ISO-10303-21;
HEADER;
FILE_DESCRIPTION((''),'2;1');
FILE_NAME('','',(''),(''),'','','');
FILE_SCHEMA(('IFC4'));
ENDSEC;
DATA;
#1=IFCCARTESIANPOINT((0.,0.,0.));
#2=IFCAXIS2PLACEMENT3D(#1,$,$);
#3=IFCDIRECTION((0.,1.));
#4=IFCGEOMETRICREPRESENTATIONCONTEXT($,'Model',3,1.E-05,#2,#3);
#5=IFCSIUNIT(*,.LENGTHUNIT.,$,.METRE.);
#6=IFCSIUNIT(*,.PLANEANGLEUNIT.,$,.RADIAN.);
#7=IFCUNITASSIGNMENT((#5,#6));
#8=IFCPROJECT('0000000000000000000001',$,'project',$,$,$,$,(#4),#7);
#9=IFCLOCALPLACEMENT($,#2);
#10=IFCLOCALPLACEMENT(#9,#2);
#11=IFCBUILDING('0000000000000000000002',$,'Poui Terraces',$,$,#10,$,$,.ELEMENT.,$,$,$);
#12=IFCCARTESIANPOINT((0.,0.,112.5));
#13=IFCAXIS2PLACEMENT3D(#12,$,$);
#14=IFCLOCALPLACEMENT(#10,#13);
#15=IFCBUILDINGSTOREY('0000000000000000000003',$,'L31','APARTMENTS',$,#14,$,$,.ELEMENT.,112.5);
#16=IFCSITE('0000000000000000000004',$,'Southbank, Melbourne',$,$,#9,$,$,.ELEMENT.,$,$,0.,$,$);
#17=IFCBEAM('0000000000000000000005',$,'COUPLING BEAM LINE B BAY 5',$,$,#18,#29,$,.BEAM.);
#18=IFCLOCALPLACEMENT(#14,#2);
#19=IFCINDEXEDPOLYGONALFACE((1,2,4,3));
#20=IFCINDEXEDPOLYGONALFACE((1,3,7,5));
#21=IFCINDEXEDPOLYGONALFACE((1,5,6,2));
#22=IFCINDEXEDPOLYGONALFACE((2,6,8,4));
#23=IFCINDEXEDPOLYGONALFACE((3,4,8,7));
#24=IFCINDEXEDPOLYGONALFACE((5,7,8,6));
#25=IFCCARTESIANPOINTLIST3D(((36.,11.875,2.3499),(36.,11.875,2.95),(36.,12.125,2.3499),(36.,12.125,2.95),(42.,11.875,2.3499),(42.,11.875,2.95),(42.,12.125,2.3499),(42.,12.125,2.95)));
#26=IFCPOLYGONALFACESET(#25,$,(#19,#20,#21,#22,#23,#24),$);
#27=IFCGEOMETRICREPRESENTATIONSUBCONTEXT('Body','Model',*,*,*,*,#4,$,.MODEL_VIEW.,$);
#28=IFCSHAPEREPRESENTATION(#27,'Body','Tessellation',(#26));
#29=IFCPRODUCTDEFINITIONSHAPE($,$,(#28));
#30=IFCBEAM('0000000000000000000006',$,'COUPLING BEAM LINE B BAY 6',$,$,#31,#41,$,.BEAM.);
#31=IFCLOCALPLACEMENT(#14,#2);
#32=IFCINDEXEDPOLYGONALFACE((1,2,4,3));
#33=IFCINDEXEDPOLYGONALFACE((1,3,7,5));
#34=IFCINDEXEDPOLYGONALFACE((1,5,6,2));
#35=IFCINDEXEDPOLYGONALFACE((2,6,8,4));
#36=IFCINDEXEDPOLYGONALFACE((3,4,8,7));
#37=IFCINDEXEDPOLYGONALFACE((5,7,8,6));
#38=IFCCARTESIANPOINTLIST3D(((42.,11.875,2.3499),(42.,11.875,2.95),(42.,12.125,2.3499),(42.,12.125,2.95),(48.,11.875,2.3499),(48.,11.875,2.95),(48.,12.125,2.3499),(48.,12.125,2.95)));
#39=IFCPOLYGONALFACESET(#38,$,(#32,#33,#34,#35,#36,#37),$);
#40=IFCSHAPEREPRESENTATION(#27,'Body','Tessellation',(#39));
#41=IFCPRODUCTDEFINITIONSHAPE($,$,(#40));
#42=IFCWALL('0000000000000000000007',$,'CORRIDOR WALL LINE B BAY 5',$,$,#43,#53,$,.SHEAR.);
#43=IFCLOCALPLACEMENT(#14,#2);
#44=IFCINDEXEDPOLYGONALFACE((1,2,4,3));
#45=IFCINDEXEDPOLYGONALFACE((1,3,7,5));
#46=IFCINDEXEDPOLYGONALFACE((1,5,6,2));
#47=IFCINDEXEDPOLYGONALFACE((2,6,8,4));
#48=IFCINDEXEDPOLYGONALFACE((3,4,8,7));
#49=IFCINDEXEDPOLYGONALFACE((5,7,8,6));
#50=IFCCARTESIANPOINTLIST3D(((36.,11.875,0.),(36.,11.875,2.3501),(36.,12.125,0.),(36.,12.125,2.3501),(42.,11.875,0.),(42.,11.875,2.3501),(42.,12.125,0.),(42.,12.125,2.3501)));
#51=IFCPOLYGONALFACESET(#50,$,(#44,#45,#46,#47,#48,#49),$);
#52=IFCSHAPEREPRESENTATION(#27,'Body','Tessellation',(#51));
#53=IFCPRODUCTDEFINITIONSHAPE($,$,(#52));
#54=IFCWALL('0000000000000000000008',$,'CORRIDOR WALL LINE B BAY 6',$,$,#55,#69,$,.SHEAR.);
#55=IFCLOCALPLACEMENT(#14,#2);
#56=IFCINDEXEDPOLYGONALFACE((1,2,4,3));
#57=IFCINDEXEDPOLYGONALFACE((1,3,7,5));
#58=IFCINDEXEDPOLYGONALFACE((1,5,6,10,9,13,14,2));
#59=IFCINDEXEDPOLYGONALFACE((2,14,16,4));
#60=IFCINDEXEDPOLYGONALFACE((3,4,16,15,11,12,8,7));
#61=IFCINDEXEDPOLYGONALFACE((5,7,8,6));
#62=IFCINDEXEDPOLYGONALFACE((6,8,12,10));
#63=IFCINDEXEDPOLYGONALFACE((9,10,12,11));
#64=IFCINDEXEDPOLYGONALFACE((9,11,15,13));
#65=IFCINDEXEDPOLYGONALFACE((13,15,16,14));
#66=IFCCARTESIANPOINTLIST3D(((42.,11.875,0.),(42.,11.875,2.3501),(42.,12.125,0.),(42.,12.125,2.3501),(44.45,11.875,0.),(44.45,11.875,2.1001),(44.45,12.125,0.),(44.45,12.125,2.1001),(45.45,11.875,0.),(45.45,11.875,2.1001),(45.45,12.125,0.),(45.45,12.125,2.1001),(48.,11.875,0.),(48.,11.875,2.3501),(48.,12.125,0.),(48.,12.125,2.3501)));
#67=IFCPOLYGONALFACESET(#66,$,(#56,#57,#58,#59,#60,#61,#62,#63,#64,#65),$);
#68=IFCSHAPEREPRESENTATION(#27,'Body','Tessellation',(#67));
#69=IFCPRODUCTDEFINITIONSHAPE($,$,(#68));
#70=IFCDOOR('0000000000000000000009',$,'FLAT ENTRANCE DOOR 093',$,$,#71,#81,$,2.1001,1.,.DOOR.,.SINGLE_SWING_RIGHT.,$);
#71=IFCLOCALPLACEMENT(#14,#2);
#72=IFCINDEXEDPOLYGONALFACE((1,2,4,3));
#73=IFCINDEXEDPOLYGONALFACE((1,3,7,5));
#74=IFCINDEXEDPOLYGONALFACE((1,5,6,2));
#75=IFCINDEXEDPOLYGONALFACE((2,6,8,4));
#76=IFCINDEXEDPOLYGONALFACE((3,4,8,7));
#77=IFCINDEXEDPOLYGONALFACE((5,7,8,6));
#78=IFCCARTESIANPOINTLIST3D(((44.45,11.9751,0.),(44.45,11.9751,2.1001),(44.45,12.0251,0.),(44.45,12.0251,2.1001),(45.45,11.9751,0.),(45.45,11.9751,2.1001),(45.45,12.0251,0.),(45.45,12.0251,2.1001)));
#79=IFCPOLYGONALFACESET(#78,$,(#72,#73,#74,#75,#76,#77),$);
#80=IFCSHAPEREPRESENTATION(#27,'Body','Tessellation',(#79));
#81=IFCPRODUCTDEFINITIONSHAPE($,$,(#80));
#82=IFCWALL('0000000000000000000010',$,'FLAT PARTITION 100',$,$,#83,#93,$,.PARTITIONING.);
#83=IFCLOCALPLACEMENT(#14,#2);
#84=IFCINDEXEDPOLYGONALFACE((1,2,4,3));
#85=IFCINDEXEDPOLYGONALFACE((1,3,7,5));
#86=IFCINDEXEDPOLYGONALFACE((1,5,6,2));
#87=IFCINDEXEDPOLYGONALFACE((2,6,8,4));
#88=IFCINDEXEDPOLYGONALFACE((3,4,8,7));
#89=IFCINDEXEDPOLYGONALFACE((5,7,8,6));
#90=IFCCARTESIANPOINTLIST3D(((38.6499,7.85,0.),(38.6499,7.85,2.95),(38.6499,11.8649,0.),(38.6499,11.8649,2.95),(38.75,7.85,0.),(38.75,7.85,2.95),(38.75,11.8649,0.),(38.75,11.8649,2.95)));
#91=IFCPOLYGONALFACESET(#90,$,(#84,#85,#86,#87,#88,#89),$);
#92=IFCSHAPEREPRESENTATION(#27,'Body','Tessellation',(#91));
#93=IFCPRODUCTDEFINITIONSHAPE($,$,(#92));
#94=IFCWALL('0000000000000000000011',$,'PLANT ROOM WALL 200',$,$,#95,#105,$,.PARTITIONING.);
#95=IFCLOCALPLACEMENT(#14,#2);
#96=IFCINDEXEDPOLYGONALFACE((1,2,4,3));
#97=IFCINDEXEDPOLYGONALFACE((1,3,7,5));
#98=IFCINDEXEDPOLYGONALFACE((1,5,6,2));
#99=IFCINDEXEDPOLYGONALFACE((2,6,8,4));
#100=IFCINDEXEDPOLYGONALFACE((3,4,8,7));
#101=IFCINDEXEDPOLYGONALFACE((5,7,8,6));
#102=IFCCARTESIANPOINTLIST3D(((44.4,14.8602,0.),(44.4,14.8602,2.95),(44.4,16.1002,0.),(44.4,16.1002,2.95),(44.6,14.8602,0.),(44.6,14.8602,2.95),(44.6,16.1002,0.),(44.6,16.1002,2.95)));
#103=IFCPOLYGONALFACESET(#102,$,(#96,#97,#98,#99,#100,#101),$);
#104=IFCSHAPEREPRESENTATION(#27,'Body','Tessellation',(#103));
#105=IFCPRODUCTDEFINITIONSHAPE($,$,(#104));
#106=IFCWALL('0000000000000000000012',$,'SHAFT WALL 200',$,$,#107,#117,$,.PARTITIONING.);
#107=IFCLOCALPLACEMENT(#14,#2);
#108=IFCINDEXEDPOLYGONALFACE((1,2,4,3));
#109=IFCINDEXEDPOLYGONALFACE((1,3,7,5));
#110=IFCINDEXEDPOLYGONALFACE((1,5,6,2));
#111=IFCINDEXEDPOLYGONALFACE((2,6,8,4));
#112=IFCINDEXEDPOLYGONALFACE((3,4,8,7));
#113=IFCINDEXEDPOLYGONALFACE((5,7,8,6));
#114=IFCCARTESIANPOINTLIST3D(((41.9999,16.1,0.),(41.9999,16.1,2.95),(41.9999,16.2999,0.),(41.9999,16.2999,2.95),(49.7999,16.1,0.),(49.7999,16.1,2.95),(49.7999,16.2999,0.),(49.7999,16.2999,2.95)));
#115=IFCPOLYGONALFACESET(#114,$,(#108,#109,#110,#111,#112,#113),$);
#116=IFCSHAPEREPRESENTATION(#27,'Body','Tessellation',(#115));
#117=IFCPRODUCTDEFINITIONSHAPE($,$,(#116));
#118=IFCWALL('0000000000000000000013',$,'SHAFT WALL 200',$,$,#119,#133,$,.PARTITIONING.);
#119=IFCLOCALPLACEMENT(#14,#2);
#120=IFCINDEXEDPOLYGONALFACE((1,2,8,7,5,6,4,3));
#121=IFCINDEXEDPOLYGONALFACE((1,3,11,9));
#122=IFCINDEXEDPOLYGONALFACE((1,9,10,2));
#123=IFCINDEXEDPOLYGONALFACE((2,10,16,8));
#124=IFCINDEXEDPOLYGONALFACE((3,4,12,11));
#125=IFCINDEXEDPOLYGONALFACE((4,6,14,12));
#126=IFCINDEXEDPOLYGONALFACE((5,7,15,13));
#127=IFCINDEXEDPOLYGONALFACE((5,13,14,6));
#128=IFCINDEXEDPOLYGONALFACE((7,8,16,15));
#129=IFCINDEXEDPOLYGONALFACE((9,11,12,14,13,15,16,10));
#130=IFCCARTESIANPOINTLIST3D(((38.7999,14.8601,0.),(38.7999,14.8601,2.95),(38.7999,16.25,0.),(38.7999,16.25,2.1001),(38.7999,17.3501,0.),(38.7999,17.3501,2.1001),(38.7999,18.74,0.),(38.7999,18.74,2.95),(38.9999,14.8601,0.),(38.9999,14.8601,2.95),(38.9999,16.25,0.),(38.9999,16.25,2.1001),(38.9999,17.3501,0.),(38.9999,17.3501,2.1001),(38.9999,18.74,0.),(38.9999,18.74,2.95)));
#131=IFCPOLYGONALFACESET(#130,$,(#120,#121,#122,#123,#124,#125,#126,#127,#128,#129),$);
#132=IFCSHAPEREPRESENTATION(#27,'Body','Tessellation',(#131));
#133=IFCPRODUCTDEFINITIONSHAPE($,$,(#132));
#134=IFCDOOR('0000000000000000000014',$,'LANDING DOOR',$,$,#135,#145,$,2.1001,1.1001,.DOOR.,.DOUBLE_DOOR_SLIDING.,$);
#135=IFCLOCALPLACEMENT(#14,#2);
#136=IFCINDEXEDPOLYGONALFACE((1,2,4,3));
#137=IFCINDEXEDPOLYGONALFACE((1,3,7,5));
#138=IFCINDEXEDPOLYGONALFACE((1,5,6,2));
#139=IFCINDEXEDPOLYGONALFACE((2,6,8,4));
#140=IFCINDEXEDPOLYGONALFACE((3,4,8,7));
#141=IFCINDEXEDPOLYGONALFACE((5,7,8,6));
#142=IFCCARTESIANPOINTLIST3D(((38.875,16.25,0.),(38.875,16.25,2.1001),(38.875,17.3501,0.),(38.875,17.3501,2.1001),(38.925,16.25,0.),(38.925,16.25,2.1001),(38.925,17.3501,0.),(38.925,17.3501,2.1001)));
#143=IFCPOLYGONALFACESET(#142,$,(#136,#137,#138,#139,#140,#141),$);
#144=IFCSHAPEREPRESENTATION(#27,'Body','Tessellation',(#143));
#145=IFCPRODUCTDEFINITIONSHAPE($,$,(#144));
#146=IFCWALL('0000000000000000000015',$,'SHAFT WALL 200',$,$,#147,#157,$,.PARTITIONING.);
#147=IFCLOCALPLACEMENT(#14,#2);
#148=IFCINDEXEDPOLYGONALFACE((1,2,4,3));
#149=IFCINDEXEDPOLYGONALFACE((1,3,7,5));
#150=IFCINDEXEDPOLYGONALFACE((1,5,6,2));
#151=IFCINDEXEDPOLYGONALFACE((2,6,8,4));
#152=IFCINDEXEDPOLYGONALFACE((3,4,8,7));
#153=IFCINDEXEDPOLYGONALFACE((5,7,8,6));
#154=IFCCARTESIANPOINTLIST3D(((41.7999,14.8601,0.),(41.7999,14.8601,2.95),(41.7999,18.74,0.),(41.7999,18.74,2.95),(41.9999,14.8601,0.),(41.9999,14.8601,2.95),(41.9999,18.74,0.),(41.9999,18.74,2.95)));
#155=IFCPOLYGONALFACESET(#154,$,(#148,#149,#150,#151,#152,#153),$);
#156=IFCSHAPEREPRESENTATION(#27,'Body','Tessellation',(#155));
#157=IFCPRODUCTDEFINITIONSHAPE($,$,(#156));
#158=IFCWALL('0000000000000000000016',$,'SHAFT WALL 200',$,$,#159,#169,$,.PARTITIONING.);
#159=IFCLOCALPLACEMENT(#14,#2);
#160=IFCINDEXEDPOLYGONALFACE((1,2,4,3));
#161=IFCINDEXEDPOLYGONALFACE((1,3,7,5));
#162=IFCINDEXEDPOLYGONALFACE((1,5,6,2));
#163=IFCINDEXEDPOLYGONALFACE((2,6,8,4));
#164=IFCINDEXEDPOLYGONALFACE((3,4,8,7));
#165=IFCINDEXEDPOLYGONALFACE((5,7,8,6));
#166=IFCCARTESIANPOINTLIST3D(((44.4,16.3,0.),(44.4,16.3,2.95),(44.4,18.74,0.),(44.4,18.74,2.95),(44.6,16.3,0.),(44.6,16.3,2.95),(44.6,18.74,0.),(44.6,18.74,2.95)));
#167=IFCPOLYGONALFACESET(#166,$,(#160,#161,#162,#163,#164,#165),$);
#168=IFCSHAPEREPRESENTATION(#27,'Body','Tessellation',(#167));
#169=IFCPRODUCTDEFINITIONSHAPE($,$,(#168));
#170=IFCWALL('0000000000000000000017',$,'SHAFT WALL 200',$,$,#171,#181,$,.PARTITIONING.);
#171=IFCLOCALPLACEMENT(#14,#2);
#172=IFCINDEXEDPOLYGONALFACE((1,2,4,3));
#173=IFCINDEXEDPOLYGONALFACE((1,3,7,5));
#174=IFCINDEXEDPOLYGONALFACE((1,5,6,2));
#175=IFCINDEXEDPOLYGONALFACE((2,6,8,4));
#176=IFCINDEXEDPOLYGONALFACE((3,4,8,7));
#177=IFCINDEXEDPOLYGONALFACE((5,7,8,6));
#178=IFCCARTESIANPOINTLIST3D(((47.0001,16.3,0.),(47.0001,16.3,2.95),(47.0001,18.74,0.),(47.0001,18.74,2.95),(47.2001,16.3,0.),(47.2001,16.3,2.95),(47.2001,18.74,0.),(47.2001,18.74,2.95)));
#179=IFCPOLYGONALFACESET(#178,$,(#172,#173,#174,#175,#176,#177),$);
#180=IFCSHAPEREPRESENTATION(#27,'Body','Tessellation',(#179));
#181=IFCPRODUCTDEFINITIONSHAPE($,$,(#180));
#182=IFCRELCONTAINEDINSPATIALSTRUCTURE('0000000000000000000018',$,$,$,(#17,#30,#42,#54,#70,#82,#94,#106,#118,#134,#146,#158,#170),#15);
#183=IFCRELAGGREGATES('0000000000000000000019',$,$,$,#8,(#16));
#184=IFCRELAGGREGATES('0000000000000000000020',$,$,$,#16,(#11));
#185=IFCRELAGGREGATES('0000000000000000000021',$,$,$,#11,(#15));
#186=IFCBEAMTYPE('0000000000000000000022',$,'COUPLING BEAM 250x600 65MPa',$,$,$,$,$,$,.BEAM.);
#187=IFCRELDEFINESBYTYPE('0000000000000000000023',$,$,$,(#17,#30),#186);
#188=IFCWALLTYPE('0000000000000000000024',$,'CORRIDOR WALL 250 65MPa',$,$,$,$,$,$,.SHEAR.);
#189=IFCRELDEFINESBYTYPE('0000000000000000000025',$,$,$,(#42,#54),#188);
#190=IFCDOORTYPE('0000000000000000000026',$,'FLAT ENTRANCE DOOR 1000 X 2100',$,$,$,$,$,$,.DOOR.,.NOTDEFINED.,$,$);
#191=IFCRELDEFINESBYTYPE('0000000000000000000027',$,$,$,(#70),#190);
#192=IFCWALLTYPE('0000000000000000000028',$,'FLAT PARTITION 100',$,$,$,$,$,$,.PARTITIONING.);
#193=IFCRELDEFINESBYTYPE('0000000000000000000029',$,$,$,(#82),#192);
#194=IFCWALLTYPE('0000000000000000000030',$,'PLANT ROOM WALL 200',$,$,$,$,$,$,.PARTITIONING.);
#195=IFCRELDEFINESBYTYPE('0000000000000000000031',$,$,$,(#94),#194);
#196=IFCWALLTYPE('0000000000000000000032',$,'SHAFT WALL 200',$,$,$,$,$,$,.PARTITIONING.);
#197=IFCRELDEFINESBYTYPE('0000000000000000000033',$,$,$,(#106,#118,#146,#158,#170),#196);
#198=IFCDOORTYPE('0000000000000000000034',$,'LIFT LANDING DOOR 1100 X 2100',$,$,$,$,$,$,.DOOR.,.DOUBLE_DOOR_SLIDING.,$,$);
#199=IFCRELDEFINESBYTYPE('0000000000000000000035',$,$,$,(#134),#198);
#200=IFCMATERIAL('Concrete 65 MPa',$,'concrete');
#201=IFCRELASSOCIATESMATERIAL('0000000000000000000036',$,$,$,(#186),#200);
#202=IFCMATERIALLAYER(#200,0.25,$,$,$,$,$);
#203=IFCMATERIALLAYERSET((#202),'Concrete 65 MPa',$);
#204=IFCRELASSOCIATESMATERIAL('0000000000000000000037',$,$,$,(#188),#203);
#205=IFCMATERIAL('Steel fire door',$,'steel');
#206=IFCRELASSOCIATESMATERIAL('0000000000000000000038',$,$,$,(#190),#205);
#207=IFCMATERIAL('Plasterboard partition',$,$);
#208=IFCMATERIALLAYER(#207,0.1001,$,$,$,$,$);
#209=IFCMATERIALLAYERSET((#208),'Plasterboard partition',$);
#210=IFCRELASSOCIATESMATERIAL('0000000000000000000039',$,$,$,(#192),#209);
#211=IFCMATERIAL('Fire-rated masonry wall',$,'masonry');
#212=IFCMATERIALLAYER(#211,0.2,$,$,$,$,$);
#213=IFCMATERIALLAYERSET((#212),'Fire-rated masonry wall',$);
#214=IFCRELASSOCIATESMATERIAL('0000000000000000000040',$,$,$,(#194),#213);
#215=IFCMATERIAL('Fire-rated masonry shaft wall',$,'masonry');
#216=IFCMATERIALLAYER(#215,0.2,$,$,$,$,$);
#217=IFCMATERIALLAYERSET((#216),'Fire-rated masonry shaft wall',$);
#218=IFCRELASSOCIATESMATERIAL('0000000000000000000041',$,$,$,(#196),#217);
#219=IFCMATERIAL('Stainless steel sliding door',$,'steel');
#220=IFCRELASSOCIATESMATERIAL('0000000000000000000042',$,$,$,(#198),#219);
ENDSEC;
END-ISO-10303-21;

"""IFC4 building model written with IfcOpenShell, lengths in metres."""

from ifc_helpers import new_model, si_unit, direction, frame, frame_2d, origin, origin_2d, place, context, subcontext, project, spatial, rectangle, extrude, source, transform, mapped, material, layer, layer_set, material_profile, profile_set, type_object, element, fill, save


model = new_model("IFC4")

# Units and contexts
model_context = context("Model", 3, precision=1e-05, world=origin(), true_north=direction((0.0, 1.0)))
body_context = subcontext(model_context, "Body", "Model", "MODEL_VIEW")
ifc_project = project(units=[si_unit("LENGTHUNIT", "METRE"), si_unit("PLANEANGLEUNIT", "RADIAN")], contexts=[model_context])

# Site, building, storey
site_placement = place(None, origin())
site = spatial("IfcSite", under=ifc_project, at=site_placement, Name="Southbank, Melbourne", CompositionType="ELEMENT", RefElevation=0.0)
building_placement = place(site_placement, origin())
building = spatial("IfcBuilding", under=site, at=building_placement, Name="Poui Terraces", CompositionType="ELEMENT")
storey_placement = place(building_placement, frame((0.0, 0.0, 112.5)))
storey = spatial("IfcBuildingStorey", under=building, at=storey_placement, Name="L31", Description="APARTMENTS", CompositionType="ELEMENT", Elevation=112.5)

# Beams
ifc_material_1 = material(Name="Concrete 65 MPa", Category="concrete")
ifc_material_profile = material_profile(ifc_material_1, rectangle(XDim=0.25, YDim=0.6001, at=origin_2d()), Name="RC 250x600")
ifc_profile_set = profile_set([ifc_material_profile], Name="Concrete 65 MPa")
beam_type = type_object("IfcBeamType", Name="COUPLING BEAM 250x600 65MPa", PredefinedType="BEAM", material=ifc_profile_set)
shared_shape = source(origin(), body_context, "Body", "SweptSolid", [
    extrude(rectangle(XDim=0.25, YDim=0.6001, at=origin_2d()), origin(), (0.0, 0.0, 1.0), 6.0),
])
for number, where, z_axis, x_axis, name in (
    (1, (36.0, 12.0, 2.6499), (1.0, 0.0, 0.0), (0.0, 1.0, 0.0), "COUPLING BEAM LINE B BAY 5"),
    (2, (42.0, 12.0, 2.6499), (1.0, 0.0, 0.0), (0.0, 1.0, 0.0), "COUPLING BEAM LINE B BAY 6"),
):
    element("IfcBeam", number, at=place(storey_placement, frame(where, z_axis=z_axis, x_axis=x_axis)), inside=storey, type_object=beam_type, Name=name, PredefinedType="BEAM", context=body_context, shape_type="MappedRepresentation", body=[
        mapped(shared_shape, transform((0.0, 0.0, 0.0))),
    ])

# Wall
ifc_layer_1 = layer(ifc_material_1, 0.25)
ifc_layer_set_1 = layer_set([ifc_layer_1], Name="Concrete 65 MPa")
wall_type_1 = type_object("IfcWallType", Name="CORRIDOR WALL 250 65MPa", PredefinedType="SHEAR", material=ifc_layer_set_1)
wall_1_placement = place(storey_placement, frame((36.0, 12.0, 0.0), z_axis=(0.0, 0.0, 1.0), x_axis=(1.0, 0.0, 0.0)))
element("IfcWall", 3, at=wall_1_placement, inside=storey, type_object=wall_type_1, Name="CORRIDOR WALL LINE B BAY 5", PredefinedType="SHEAR", context=body_context, shape_type="SweptSolid", body=[
    extrude(rectangle(XDim=6.0, YDim=0.25, at=frame_2d((3.0, 0.0))), origin(), (0.0, 0.0, 1.0), 2.3501),
])

# Wall, opening, door
wall_2_placement = place(storey_placement, frame((42.0, 12.0, 0.0), z_axis=(0.0, 0.0, 1.0), x_axis=(1.0, 0.0, 0.0)))
wall_2 = element("IfcWall", 4, at=wall_2_placement, inside=storey, type_object=wall_type_1, Name="CORRIDOR WALL LINE B BAY 6", PredefinedType="SHEAR", context=body_context, shape_type="SweptSolid", body=[
    extrude(rectangle(XDim=6.0, YDim=0.25, at=frame_2d((3.0, 0.0))), origin(), (0.0, 0.0, 1.0), 2.3501),
])
opening_1_placement = place(wall_2_placement, frame((2.45, 0.0, 0.0)))
opening_1 = element("IfcOpeningElement", 5, at=opening_1_placement, cuts=wall_2, PredefinedType="OPENING", context=body_context, shape_type="SweptSolid", body=[
    extrude(rectangle(XDim=1.0, YDim=2.1001, at=frame_2d((0.5, 1.05))), frame((0.0, 0.135, 0.0), z_axis=(0.0, -1.0, 0.0), x_axis=(1.0, 0.0, 0.0)), (0.0, 0.0, 1.0), 0.27),
])
ifc_material_2 = material(Name="Steel fire door", Category="steel")
door_type_1 = type_object("IfcDoorType", Name="FLAT ENTRANCE DOOR 1000 X 2100", OperationType="NOTDEFINED", PredefinedType="DOOR", material=ifc_material_2)
door_1_placement = place(opening_1_placement, frame((1.0, 0.0, 0.0), z_axis=(0.0, 0.0, 1.0), x_axis=(-1.0, 0.0, 0.0)))
door_1 = element("IfcDoor", 6, at=door_1_placement, inside=storey, type_object=door_type_1, Name="FLAT ENTRANCE DOOR 093", OperationType="SINGLE_SWING_RIGHT", OverallHeight=2.1001, OverallWidth=1.0, PredefinedType="DOOR", context=body_context, shape_type="SweptSolid", body=[
    extrude(rectangle(XDim=1.0, YDim=2.1001, at=frame_2d((0.5, 1.05))), frame((0.0, 0.0249, 0.0), z_axis=(0.0, -1.0, 0.0), x_axis=(1.0, 0.0, 0.0)), (0.0, 0.0, 1.0), 0.05),
])
fill(opening_1, door_1)

# Walls
ifc_material_3 = material(Name="Plasterboard partition")
ifc_layer_2 = layer(ifc_material_3, 0.1001)
ifc_layer_set_2 = layer_set([ifc_layer_2], Name="Plasterboard partition")
wall_type_2 = type_object("IfcWallType", Name="FLAT PARTITION 100", PredefinedType="PARTITIONING", material=ifc_layer_set_2)
wall_3_placement = place(storey_placement, frame((38.7, 7.8501, 0.0), z_axis=(0.0, 0.0, 1.0), x_axis=(0.0, 1.0, 0.0)))
element("IfcWall", 7, at=wall_3_placement, inside=storey, type_object=wall_type_2, Name="FLAT PARTITION 100", PredefinedType="PARTITIONING", context=body_context, shape_type="SweptSolid", body=[
    extrude(rectangle(XDim=4.0149, YDim=0.1001, at=frame_2d((2.0073, 0.0))), origin(), (0.0, 0.0, 1.0), 2.95),
])
ifc_material_4 = material(Name="Fire-rated masonry wall", Category="masonry")
ifc_layer_3 = layer(ifc_material_4, 0.2)
ifc_layer_set_3 = layer_set([ifc_layer_3], Name="Fire-rated masonry wall")
wall_type_3 = type_object("IfcWallType", Name="PLANT ROOM WALL 200", PredefinedType="PARTITIONING", material=ifc_layer_set_3)
wall_4_placement = place(storey_placement, frame((44.5, 14.8601, 0.0), z_axis=(0.0, 0.0, 1.0), x_axis=(0.0, 1.0, 0.0)))
element("IfcWall", 8, at=wall_4_placement, inside=storey, type_object=wall_type_3, Name="PLANT ROOM WALL 200", PredefinedType="PARTITIONING", context=body_context, shape_type="SweptSolid", body=[
    extrude(rectangle(XDim=1.24, YDim=0.2, at=frame_2d((0.6201, 0.0))), origin(), (0.0, 0.0, 1.0), 2.95),
])
ifc_material_5 = material(Name="Fire-rated masonry shaft wall", Category="masonry")
ifc_layer_4 = layer(ifc_material_5, 0.2)
ifc_layer_set_4 = layer_set([ifc_layer_4], Name="Fire-rated masonry shaft wall")
wall_type_4 = type_object("IfcWallType", Name="SHAFT WALL 200", PredefinedType="PARTITIONING", material=ifc_layer_set_4)
wall_5_placement = place(storey_placement, frame((42.0, 16.2, 0.0), z_axis=(0.0, 0.0, 1.0), x_axis=(1.0, 0.0, 0.0)))
element("IfcWall", 9, at=wall_5_placement, inside=storey, type_object=wall_type_4, Name="SHAFT WALL 200", PredefinedType="PARTITIONING", context=body_context, shape_type="SweptSolid", body=[
    extrude(rectangle(XDim=7.8, YDim=0.2, at=frame_2d((3.8999, 0.0))), origin(), (0.0, 0.0, 1.0), 2.95),
])

# Wall, opening, door
wall_6_placement = place(storey_placement, frame((38.8999, 14.8601, 0.0), z_axis=(0.0, 0.0, 1.0), x_axis=(0.0, 1.0, 0.0)))
wall_6 = element("IfcWall", 10, at=wall_6_placement, inside=storey, type_object=wall_type_4, Name="SHAFT WALL 200", PredefinedType="PARTITIONING", context=body_context, shape_type="SweptSolid", body=[
    extrude(rectangle(XDim=3.8799, YDim=0.2, at=frame_2d((1.9399, 0.0))), origin(), (0.0, 0.0, 1.0), 2.95),
])
opening_2_placement = place(wall_6_placement, frame((1.3899, 0.0, 0.0)))
opening_2 = element("IfcOpeningElement", 11, at=opening_2_placement, cuts=wall_6, PredefinedType="OPENING", context=body_context, shape_type="SweptSolid", body=[
    extrude(rectangle(XDim=1.1001, YDim=2.1001, at=frame_2d((0.55, 1.05))), frame((0.0, 0.1099, 0.0), z_axis=(0.0, -1.0, 0.0), x_axis=(1.0, 0.0, 0.0)), (0.0, 0.0, 1.0), 0.22),
])
ifc_material_6 = material(Name="Stainless steel sliding door", Category="steel")
door_type_2 = type_object("IfcDoorType", Name="LIFT LANDING DOOR 1100 X 2100", OperationType="DOUBLE_DOOR_SLIDING", PredefinedType="DOOR", material=ifc_material_6)
door_2_placement = place(opening_2_placement, origin())
door_2 = element("IfcDoor", 12, at=door_2_placement, inside=storey, type_object=door_type_2, Name="LANDING DOOR", OperationType="DOUBLE_DOOR_SLIDING", OverallHeight=2.1001, OverallWidth=1.1001, PredefinedType="DOOR", context=body_context, shape_type="SweptSolid", body=[
    extrude(rectangle(XDim=1.1001, YDim=2.1001, at=frame_2d((0.55, 1.05))), frame((0.0, 0.0249, 0.0), z_axis=(0.0, -1.0, 0.0), x_axis=(1.0, 0.0, 0.0)), (0.0, 0.0, 1.0), 0.05),
])
fill(opening_2, door_2)

# Walls
wall_7_placement = place(storey_placement, frame((41.8999, 14.8601, 0.0), z_axis=(0.0, 0.0, 1.0), x_axis=(0.0, 1.0, 0.0)))
element("IfcWall", 13, at=wall_7_placement, inside=storey, type_object=wall_type_4, Name="SHAFT WALL 200", PredefinedType="PARTITIONING", context=body_context, shape_type="SweptSolid", body=[
    extrude(rectangle(XDim=3.8799, YDim=0.2, at=frame_2d((1.9399, 0.0))), origin(), (0.0, 0.0, 1.0), 2.95),
])
for number, where, z_axis, x_axis, name in (
    (14, (44.5, 16.3, 0.0), (0.0, 0.0, 1.0), (0.0, 1.0, 0.0), "SHAFT WALL 200"),
    (15, (47.1001, 16.3, 0.0), (0.0, 0.0, 1.0), (0.0, 1.0, 0.0), "SHAFT WALL 200"),
):
    element("IfcWall", number, at=place(storey_placement, frame(where, z_axis=z_axis, x_axis=x_axis)), inside=storey, type_object=wall_type_4, Name=name, PredefinedType="PARTITIONING", context=body_context, shape_type="SweptSolid", body=[
        extrude(rectangle(XDim=2.4399, YDim=0.2, at=frame_2d((1.22, 0.0))), origin(), (0.0, 0.0, 1.0), 2.95),
    ])

save(model, "model.ifc")
